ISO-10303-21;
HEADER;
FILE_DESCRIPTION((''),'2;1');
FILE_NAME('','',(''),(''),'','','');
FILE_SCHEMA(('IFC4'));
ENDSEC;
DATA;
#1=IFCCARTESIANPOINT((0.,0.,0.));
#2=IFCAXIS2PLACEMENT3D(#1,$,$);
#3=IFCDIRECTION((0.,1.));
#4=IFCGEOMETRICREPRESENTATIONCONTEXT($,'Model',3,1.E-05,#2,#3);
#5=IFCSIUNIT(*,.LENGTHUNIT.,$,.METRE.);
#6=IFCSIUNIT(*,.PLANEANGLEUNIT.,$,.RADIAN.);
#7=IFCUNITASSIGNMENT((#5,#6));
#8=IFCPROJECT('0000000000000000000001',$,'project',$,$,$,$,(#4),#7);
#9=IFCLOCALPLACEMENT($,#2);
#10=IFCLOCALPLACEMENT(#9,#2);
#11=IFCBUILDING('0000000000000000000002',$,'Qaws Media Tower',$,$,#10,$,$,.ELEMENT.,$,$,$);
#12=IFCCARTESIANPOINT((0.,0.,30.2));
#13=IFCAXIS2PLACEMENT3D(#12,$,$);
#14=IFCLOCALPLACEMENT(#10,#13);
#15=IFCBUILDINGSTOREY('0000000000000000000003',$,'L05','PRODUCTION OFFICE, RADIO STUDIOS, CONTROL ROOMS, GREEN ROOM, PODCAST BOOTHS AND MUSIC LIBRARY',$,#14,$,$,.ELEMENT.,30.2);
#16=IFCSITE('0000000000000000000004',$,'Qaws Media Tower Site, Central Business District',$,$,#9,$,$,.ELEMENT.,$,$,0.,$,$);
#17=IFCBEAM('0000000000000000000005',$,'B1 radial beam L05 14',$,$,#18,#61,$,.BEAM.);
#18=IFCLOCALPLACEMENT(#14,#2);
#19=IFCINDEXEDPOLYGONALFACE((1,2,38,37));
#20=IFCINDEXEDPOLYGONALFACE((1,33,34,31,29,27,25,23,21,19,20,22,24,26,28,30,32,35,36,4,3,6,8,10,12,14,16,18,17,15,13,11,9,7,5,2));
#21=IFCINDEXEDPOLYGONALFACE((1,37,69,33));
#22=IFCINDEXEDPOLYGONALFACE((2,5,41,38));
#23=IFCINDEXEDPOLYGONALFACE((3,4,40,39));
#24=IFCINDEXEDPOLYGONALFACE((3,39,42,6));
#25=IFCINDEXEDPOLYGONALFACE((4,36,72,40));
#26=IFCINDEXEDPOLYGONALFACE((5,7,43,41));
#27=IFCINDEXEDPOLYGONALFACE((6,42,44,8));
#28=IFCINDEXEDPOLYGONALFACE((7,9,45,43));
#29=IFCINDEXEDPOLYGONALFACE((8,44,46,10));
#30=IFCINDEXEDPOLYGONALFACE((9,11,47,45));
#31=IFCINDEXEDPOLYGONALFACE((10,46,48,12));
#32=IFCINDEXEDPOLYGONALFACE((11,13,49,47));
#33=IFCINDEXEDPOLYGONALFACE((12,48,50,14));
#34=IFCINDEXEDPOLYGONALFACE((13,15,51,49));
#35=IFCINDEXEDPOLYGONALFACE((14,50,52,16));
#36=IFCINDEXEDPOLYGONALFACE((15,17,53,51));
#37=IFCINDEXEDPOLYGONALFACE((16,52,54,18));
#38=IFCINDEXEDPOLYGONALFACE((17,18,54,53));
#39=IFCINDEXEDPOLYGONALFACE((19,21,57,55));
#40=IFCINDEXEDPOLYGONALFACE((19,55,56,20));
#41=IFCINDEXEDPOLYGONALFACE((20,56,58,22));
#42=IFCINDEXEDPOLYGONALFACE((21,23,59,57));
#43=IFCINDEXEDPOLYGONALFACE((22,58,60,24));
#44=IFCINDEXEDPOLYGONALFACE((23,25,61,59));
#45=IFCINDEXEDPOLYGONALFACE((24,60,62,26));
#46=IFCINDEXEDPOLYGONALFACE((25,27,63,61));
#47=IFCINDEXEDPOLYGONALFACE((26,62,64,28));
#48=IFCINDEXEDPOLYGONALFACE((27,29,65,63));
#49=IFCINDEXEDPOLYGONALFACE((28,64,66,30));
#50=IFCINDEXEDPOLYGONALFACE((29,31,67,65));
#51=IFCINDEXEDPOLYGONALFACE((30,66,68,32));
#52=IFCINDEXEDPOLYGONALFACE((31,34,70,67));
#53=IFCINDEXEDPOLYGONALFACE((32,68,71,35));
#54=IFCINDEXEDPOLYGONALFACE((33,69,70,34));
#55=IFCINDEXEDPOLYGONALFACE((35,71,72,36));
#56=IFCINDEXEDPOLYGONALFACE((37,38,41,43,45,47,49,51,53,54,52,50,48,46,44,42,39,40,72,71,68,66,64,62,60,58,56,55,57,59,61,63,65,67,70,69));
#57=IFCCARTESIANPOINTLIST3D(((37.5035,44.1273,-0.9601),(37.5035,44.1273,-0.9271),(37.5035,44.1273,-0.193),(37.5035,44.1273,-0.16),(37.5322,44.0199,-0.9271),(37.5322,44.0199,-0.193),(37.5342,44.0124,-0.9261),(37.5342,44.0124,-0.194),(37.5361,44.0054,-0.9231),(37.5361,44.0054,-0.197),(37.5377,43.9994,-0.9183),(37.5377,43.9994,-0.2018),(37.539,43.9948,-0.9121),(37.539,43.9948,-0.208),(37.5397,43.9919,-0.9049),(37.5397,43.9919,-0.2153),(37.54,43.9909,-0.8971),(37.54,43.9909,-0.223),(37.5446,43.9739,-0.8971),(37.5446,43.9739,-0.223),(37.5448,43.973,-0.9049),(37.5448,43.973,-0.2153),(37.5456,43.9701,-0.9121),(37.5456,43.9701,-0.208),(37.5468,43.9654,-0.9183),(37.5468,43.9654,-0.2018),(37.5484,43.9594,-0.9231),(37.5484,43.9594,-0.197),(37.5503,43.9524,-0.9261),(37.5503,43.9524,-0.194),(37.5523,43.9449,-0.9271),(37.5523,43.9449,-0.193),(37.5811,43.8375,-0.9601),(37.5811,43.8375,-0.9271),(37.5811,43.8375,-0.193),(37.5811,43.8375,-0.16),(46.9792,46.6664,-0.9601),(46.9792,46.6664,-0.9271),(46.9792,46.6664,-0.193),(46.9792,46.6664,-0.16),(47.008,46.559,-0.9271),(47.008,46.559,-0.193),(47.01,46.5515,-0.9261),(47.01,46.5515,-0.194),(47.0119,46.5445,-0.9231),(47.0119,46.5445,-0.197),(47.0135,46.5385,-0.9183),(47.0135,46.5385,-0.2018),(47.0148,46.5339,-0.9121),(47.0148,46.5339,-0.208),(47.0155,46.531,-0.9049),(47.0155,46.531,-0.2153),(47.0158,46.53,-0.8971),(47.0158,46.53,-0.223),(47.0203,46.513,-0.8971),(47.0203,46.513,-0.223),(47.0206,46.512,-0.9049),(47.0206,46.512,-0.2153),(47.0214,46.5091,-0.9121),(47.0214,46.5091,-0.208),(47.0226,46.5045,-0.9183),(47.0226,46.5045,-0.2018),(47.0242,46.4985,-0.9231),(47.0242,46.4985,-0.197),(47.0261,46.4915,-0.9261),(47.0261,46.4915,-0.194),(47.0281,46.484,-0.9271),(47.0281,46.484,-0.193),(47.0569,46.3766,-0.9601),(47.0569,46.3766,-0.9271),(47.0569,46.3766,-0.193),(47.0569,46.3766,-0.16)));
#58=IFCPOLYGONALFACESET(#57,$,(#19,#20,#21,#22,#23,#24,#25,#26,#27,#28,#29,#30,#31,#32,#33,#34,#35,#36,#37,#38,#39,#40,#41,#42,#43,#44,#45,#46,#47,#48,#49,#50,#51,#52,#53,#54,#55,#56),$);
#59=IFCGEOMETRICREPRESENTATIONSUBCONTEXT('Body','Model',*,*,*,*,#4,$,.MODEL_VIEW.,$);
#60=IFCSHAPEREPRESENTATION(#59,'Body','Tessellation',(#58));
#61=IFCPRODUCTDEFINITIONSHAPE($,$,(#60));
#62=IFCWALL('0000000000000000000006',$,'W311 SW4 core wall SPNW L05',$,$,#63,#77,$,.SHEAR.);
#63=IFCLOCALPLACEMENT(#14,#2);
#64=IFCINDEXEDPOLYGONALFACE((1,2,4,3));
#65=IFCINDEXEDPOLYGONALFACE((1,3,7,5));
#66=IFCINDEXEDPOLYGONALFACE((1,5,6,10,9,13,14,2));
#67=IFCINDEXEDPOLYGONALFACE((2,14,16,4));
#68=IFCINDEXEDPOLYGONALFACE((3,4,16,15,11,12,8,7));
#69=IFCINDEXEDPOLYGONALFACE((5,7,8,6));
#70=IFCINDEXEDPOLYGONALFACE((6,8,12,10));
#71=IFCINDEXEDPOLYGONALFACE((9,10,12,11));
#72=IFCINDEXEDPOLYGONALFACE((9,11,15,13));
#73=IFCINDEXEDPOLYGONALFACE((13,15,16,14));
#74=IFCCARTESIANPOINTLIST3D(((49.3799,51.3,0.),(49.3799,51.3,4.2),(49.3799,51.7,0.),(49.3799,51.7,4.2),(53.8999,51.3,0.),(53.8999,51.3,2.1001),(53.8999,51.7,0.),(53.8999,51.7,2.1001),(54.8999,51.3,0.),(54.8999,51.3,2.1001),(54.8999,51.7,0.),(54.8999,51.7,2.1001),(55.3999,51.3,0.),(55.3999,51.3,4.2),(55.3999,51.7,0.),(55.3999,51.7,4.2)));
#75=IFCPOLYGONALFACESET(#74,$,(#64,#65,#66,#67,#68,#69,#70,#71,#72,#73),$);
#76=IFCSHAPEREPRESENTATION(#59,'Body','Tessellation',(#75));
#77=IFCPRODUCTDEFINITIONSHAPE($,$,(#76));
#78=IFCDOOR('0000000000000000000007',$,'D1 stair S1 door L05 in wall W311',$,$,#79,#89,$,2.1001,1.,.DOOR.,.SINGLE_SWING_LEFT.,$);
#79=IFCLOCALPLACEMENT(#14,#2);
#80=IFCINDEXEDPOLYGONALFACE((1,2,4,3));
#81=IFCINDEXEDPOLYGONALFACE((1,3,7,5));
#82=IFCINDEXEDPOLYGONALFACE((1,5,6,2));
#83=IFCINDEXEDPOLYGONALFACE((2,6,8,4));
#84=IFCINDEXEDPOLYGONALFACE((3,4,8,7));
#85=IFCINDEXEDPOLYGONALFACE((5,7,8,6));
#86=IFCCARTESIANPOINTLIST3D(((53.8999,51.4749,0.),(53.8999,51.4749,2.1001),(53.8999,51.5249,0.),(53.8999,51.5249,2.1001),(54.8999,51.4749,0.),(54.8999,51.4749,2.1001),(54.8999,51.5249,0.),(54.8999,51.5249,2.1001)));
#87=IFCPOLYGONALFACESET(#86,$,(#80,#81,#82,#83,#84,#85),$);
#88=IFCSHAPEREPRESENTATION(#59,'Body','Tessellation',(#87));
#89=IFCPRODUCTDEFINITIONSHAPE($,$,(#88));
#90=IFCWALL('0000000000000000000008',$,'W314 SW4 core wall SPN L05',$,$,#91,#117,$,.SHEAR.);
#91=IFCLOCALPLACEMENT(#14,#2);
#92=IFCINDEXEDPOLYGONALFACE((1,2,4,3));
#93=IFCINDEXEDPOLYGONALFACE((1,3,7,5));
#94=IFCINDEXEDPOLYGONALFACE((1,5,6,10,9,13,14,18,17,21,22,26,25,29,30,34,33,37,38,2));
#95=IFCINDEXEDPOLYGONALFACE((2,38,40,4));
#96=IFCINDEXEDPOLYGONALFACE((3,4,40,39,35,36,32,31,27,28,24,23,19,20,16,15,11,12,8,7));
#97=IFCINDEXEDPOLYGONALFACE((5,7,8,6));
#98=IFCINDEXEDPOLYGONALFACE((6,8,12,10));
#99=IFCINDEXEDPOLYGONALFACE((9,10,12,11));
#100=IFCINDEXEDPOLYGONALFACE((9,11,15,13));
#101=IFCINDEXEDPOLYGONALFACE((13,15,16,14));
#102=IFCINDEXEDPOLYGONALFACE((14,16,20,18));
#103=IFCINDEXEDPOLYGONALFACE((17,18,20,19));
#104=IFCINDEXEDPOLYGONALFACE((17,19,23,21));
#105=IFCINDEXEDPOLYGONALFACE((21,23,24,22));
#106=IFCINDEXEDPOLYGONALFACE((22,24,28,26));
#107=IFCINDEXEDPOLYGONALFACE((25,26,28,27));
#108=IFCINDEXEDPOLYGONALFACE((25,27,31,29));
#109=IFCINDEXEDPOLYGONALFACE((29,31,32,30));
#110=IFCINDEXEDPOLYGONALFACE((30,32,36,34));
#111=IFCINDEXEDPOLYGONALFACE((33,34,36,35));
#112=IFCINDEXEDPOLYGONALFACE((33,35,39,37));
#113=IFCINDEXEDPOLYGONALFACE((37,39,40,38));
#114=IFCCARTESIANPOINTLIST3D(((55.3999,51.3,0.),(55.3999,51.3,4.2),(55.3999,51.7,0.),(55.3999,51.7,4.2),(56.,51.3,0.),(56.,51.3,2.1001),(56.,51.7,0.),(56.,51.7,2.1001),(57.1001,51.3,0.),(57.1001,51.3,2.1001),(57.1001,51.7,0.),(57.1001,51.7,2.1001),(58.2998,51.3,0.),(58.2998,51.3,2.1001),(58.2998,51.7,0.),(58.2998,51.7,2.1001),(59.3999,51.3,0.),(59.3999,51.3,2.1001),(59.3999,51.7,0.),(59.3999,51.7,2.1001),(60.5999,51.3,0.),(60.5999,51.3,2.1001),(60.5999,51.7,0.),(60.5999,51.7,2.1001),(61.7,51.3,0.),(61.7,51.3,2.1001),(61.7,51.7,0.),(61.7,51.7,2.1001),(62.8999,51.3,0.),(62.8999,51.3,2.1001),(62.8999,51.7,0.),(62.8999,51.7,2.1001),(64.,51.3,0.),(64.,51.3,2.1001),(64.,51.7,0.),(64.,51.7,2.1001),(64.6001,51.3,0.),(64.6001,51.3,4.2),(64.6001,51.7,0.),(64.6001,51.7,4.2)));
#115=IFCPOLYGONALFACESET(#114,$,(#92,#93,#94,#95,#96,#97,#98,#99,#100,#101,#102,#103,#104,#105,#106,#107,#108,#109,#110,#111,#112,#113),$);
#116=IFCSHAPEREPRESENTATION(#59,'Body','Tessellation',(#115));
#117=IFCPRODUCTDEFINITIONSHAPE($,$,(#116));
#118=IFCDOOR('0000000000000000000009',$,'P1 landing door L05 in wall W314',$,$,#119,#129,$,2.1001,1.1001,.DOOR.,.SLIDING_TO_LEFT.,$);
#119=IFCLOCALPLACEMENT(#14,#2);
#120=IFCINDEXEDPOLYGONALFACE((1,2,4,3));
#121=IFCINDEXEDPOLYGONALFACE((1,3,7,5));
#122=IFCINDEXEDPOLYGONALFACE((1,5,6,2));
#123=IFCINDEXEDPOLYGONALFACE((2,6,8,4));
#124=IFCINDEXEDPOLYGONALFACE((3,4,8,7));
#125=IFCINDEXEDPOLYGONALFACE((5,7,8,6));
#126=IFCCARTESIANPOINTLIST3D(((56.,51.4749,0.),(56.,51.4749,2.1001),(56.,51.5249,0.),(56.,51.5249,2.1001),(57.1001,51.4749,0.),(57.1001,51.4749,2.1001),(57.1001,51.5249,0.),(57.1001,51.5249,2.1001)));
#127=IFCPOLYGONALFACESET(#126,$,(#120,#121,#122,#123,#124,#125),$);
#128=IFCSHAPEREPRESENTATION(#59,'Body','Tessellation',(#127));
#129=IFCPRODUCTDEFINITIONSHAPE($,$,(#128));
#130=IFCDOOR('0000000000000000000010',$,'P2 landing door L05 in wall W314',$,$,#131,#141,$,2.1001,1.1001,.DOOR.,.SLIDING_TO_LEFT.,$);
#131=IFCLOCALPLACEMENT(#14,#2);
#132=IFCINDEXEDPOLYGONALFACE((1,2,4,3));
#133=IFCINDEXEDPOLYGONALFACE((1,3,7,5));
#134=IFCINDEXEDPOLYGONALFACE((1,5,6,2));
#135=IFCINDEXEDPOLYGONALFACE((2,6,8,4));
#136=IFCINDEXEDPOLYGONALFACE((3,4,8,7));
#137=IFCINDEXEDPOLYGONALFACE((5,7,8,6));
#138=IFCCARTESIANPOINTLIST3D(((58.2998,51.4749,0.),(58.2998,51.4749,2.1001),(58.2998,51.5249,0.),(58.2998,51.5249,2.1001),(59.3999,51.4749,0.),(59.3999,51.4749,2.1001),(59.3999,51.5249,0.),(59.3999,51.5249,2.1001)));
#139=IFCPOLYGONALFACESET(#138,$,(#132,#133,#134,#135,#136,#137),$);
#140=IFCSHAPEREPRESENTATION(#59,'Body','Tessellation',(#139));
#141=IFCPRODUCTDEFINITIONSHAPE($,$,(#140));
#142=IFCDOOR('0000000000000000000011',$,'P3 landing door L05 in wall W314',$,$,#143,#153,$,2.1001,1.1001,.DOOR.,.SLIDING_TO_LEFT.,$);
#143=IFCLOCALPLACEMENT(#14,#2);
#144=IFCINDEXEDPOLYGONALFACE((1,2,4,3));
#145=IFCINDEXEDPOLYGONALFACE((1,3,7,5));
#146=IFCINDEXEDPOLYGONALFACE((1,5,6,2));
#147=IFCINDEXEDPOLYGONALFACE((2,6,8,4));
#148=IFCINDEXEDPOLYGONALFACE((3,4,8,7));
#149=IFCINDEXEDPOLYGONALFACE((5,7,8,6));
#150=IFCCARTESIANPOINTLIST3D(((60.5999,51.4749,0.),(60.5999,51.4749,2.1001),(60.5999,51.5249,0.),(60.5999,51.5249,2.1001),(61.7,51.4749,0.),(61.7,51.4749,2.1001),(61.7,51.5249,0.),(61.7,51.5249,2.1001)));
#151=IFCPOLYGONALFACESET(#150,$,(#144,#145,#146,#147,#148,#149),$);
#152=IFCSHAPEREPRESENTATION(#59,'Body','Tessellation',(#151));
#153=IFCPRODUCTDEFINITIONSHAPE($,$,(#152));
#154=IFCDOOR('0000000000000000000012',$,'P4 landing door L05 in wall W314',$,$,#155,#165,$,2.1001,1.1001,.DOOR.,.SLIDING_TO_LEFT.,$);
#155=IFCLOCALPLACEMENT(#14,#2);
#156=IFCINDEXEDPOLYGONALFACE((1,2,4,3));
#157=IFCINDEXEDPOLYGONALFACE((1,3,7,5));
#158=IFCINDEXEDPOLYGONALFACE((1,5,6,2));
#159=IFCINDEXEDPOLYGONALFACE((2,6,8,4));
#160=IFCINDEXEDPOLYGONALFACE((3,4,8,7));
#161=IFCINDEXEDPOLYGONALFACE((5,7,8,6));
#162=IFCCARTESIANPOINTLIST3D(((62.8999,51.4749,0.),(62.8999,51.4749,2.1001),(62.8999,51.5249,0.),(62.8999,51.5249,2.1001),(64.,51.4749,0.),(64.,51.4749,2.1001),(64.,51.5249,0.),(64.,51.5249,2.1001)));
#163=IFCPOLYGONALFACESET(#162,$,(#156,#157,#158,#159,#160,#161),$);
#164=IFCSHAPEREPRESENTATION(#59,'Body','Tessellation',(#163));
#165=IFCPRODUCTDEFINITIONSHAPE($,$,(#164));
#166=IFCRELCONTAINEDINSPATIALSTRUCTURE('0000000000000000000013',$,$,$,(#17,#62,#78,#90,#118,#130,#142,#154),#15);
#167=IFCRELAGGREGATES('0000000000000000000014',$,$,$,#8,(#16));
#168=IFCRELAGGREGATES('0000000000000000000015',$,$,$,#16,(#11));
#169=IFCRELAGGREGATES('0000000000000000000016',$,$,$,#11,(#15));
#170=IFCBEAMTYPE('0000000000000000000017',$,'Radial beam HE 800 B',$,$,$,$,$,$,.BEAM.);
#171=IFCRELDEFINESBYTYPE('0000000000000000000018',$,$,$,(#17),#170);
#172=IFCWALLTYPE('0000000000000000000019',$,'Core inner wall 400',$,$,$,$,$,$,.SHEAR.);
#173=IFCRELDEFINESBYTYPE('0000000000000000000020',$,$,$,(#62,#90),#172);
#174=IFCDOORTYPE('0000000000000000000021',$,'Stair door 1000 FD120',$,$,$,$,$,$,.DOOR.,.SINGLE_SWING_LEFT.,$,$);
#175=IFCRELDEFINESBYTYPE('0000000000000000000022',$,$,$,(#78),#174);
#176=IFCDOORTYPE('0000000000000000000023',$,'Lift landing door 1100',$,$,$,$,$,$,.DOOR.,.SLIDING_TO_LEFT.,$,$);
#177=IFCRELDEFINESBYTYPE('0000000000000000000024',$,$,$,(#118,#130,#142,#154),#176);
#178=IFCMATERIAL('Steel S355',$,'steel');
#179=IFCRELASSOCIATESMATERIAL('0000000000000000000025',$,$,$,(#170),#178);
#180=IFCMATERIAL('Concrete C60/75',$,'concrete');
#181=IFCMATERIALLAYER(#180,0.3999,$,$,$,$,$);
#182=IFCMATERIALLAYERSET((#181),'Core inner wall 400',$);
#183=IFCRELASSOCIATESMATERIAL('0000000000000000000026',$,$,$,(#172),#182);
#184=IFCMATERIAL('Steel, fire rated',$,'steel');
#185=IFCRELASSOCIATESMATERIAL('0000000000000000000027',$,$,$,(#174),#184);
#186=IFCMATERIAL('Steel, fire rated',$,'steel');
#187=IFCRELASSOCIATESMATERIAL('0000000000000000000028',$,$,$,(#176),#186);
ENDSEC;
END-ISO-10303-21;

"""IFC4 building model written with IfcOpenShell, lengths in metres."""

from ifc_helpers import new_model, si_unit, direction, frame, frame_2d, origin, origin_2d, place, context, subcontext, project, spatial, rectangle, i_section, extrude, material, layer, layer_set, material_profile, profile_set, type_object, element, fill, save


model = new_model("IFC4")

# Units and contexts
model_context = context("Model", 3, precision=1e-05, world=origin(), true_north=direction((0.0, 1.0)))
body_context = subcontext(model_context, "Body", "Model", "MODEL_VIEW")
ifc_project = project(units=[si_unit("LENGTHUNIT", "METRE"), si_unit("PLANEANGLEUNIT", "RADIAN")], contexts=[model_context])

# Site, building, storey
site_placement = place(None, origin())
site = spatial("IfcSite", under=ifc_project, at=site_placement, Name="Qaws Media Tower Site, Central Business District", CompositionType="ELEMENT", RefElevation=0.0)
building_placement = place(site_placement, origin())
building = spatial("IfcBuilding", under=site, at=building_placement, Name="Qaws Media Tower", CompositionType="ELEMENT")
storey_placement = place(building_placement, frame((0.0, 0.0, 30.2)))
storey = spatial("IfcBuildingStorey", under=building, at=storey_placement, Name="L05", Description="PRODUCTION OFFICE, RADIO STUDIOS, CONTROL ROOMS, GREEN ROOM, PODCAST BOOTHS AND MUSIC LIBRARY", CompositionType="ELEMENT", Elevation=30.2)

# Beam
ifc_material_1 = material(Name="Steel S355", Category="steel")
ifc_material_profile_1 = material_profile(ifc_material_1, i_section(OverallWidth=0.3, OverallDepth=0.8, WebThickness=0.0176, FlangeThickness=0.033, FilletRadius=0.03, at=origin_2d()), Name="HE 800 B")
ifc_profile_set_1 = profile_set([ifc_material_profile_1], Name="Steel S355")
beam_type_1 = type_object("IfcBeamType", Name="Radial beam HE 800 B", PredefinedType="BEAM", material=ifc_profile_set_1)
beam_1_placement = place(storey_placement, frame((47.0181, 46.5215, -0.5601), z_axis=(-0.965925, -0.258821, 0.0), x_axis=(0.258821, -0.965925, 0.0)))
element("IfcBeam", 1, at=beam_1_placement, inside=storey, type_object=beam_type_1, Name="B1 radial beam L05 14", PredefinedType="BEAM", context=body_context, shape_type="SweptSolid", body=[
    extrude(i_section(OverallWidth=0.3, OverallDepth=0.8, WebThickness=0.0176, FlangeThickness=0.033, FilletRadius=0.03, at=origin_2d()), origin(), (0.0, 0.0, 1.0), 9.8101),
])

# Wall, opening, door
ifc_material_2 = material(Name="Concrete C60/75", Category="concrete")
ifc_layer_1 = layer(ifc_material_2, 0.3999)
ifc_layer_set_1 = layer_set([ifc_layer_1], Name="Core inner wall 400")
wall_type_1 = type_object("IfcWallType", Name="Core inner wall 400", PredefinedType="SHEAR", material=ifc_layer_set_1)
wall_1_placement = place(storey_placement, frame((49.3799, 51.5, 0.0), z_axis=(0.0, 0.0, 1.0), x_axis=(1.0, 0.0, 0.0)))
wall_1 = element("IfcWall", 2, at=wall_1_placement, inside=storey, type_object=wall_type_1, Name="W311 SW4 core wall SPNW L05", PredefinedType="SHEAR", context=body_context, shape_type="SweptSolid", body=[
    extrude(rectangle(XDim=6.02, YDim=0.3999, at=frame_2d((3.01, 0.0))), origin(), (0.0, 0.0, 1.0), 4.2),
])
opening_1_placement = place(wall_1_placement, frame((4.52, 0.0, 0.0)))
opening_1 = element("IfcOpeningElement", 3, at=opening_1_placement, cuts=wall_1, PredefinedType="OPENING", context=body_context, shape_type="SweptSolid", body=[
    extrude(rectangle(XDim=1.0, YDim=2.1001, at=frame_2d((0.5, 1.05))), frame((0.0, 0.21, 0.0), z_axis=(0.0, -1.0, 0.0), x_axis=(1.0, 0.0, 0.0)), (0.0, 0.0, 1.0), 0.4199),
])
ifc_material_3 = material(Name="Steel, fire rated", Category="steel")
door_type_1 = type_object("IfcDoorType", Name="Stair door 1000 FD120", OperationType="SINGLE_SWING_LEFT", PredefinedType="DOOR", material=ifc_material_3)
door_1_placement = place(opening_1_placement, origin())
door_1 = element("IfcDoor", 4, at=door_1_placement, inside=storey, type_object=door_type_1, Name="D1 stair S1 door L05 in wall W311", OperationType="SINGLE_SWING_LEFT", OverallHeight=2.1001, OverallWidth=1.0, PredefinedType="DOOR", context=body_context, shape_type="SweptSolid", body=[
    extrude(rectangle(XDim=1.0, YDim=2.1001, at=frame_2d((0.5, 1.05))), frame((0.0, 0.0249, 0.0), z_axis=(0.0, -1.0, 0.0), x_axis=(1.0, 0.0, 0.0)), (0.0, 0.0, 1.0), 0.05),
])
fill(opening_1, door_1)

# Wall, openings, doors
wall_2_placement = place(storey_placement, frame((55.3999, 51.5, 0.0), z_axis=(0.0, 0.0, 1.0), x_axis=(1.0, 0.0, 0.0)))
wall_2 = element("IfcWall", 5, at=wall_2_placement, inside=storey, type_object=wall_type_1, Name="W314 SW4 core wall SPN L05", PredefinedType="SHEAR", context=body_context, shape_type="SweptSolid", body=[
    extrude(rectangle(XDim=9.2002, YDim=0.3999, at=frame_2d((4.6001, 0.0))), origin(), (0.0, 0.0, 1.0), 4.2),
])
opening_2_placement = place(wall_2_placement, frame((0.6001, 0.0, 0.0)))
opening_2 = element("IfcOpeningElement", 6, at=opening_2_placement, cuts=wall_2, PredefinedType="OPENING", context=body_context, shape_type="SweptSolid", body=[
    extrude(rectangle(XDim=1.1001, YDim=2.1001, at=frame_2d((0.55, 1.05))), frame((0.0, 0.21, 0.0), z_axis=(0.0, -1.0, 0.0), x_axis=(1.0, 0.0, 0.0)), (0.0, 0.0, 1.0), 0.4199),
])
opening_3_placement = place(wall_2_placement, frame((2.8999, 0.0, 0.0)))
opening_3 = element("IfcOpeningElement", 7, at=opening_3_placement, cuts=wall_2, PredefinedType="OPENING", context=body_context, shape_type="SweptSolid", body=[
    extrude(rectangle(XDim=1.1001, YDim=2.1001, at=frame_2d((0.55, 1.05))), frame((0.0, 0.21, 0.0), z_axis=(0.0, -1.0, 0.0), x_axis=(1.0, 0.0, 0.0)), (0.0, 0.0, 1.0), 0.4199),
])
opening_4_placement = place(wall_2_placement, frame((5.2, 0.0, 0.0)))
opening_4 = element("IfcOpeningElement", 8, at=opening_4_placement, cuts=wall_2, PredefinedType="OPENING", context=body_context, shape_type="SweptSolid", body=[
    extrude(rectangle(XDim=1.1001, YDim=2.1001, at=frame_2d((0.55, 1.05))), frame((0.0, 0.21, 0.0), z_axis=(0.0, -1.0, 0.0), x_axis=(1.0, 0.0, 0.0)), (0.0, 0.0, 1.0), 0.4199),
])
opening_5_placement = place(wall_2_placement, frame((7.5, 0.0, 0.0)))
opening_5 = element("IfcOpeningElement", 9, at=opening_5_placement, cuts=wall_2, PredefinedType="OPENING", context=body_context, shape_type="SweptSolid", body=[
    extrude(rectangle(XDim=1.1001, YDim=2.1001, at=frame_2d((0.55, 1.05))), frame((0.0, 0.21, 0.0), z_axis=(0.0, -1.0, 0.0), x_axis=(1.0, 0.0, 0.0)), (0.0, 0.0, 1.0), 0.4199),
])
ifc_material_4 = material(Name="Steel, fire rated", Category="steel")
door_type_2 = type_object("IfcDoorType", Name="Lift landing door 1100", OperationType="SLIDING_TO_LEFT", PredefinedType="DOOR", material=ifc_material_4)
door_2_placement = place(opening_2_placement, origin())
door_2 = element("IfcDoor", 10, at=door_2_placement, inside=storey, type_object=door_type_2, Name="P1 landing door L05 in wall W314", OperationType="SLIDING_TO_LEFT", OverallHeight=2.1001, OverallWidth=1.1001, PredefinedType="DOOR", context=body_context, shape_type="SweptSolid", body=[
    extrude(rectangle(XDim=1.1001, YDim=2.1001, at=frame_2d((0.55, 1.05))), frame((0.0, 0.0249, 0.0), z_axis=(0.0, -1.0, 0.0), x_axis=(1.0, 0.0, 0.0)), (0.0, 0.0, 1.0), 0.05),
])
fill(opening_2, door_2)
door_3_placement = place(opening_3_placement, origin())
door_3 = element("IfcDoor", 11, at=door_3_placement, inside=storey, type_object=door_type_2, Name="P2 landing door L05 in wall W314", OperationType="SLIDING_TO_LEFT", OverallHeight=2.1001, OverallWidth=1.1001, PredefinedType="DOOR", context=body_context, shape_type="SweptSolid", body=[
    extrude(rectangle(XDim=1.1001, YDim=2.1001, at=frame_2d((0.55, 1.05))), frame((0.0, 0.0249, 0.0), z_axis=(0.0, -1.0, 0.0), x_axis=(1.0, 0.0, 0.0)), (0.0, 0.0, 1.0), 0.05),
])
fill(opening_3, door_3)
door_4_placement = place(opening_4_placement, origin())
door_4 = element("IfcDoor", 12, at=door_4_placement, inside=storey, type_object=door_type_2, Name="P3 landing door L05 in wall W314", OperationType="SLIDING_TO_LEFT", OverallHeight=2.1001, OverallWidth=1.1001, PredefinedType="DOOR", context=body_context, shape_type="SweptSolid", body=[
    extrude(rectangle(XDim=1.1001, YDim=2.1001, at=frame_2d((0.55, 1.05))), frame((0.0, 0.0249, 0.0), z_axis=(0.0, -1.0, 0.0), x_axis=(1.0, 0.0, 0.0)), (0.0, 0.0, 1.0), 0.05),
])
fill(opening_4, door_4)
door_5_placement = place(opening_5_placement, origin())
door_5 = element("IfcDoor", 13, at=door_5_placement, inside=storey, type_object=door_type_2, Name="P4 landing door L05 in wall W314", OperationType="SLIDING_TO_LEFT", OverallHeight=2.1001, OverallWidth=1.1001, PredefinedType="DOOR", context=body_context, shape_type="SweptSolid", body=[
    extrude(rectangle(XDim=1.1001, YDim=2.1001, at=frame_2d((0.55, 1.05))), frame((0.0, 0.0249, 0.0), z_axis=(0.0, -1.0, 0.0), x_axis=(1.0, 0.0, 0.0)), (0.0, 0.0, 1.0), 0.05),
])
fill(opening_5, door_5)

save(model, "model.ifc")
